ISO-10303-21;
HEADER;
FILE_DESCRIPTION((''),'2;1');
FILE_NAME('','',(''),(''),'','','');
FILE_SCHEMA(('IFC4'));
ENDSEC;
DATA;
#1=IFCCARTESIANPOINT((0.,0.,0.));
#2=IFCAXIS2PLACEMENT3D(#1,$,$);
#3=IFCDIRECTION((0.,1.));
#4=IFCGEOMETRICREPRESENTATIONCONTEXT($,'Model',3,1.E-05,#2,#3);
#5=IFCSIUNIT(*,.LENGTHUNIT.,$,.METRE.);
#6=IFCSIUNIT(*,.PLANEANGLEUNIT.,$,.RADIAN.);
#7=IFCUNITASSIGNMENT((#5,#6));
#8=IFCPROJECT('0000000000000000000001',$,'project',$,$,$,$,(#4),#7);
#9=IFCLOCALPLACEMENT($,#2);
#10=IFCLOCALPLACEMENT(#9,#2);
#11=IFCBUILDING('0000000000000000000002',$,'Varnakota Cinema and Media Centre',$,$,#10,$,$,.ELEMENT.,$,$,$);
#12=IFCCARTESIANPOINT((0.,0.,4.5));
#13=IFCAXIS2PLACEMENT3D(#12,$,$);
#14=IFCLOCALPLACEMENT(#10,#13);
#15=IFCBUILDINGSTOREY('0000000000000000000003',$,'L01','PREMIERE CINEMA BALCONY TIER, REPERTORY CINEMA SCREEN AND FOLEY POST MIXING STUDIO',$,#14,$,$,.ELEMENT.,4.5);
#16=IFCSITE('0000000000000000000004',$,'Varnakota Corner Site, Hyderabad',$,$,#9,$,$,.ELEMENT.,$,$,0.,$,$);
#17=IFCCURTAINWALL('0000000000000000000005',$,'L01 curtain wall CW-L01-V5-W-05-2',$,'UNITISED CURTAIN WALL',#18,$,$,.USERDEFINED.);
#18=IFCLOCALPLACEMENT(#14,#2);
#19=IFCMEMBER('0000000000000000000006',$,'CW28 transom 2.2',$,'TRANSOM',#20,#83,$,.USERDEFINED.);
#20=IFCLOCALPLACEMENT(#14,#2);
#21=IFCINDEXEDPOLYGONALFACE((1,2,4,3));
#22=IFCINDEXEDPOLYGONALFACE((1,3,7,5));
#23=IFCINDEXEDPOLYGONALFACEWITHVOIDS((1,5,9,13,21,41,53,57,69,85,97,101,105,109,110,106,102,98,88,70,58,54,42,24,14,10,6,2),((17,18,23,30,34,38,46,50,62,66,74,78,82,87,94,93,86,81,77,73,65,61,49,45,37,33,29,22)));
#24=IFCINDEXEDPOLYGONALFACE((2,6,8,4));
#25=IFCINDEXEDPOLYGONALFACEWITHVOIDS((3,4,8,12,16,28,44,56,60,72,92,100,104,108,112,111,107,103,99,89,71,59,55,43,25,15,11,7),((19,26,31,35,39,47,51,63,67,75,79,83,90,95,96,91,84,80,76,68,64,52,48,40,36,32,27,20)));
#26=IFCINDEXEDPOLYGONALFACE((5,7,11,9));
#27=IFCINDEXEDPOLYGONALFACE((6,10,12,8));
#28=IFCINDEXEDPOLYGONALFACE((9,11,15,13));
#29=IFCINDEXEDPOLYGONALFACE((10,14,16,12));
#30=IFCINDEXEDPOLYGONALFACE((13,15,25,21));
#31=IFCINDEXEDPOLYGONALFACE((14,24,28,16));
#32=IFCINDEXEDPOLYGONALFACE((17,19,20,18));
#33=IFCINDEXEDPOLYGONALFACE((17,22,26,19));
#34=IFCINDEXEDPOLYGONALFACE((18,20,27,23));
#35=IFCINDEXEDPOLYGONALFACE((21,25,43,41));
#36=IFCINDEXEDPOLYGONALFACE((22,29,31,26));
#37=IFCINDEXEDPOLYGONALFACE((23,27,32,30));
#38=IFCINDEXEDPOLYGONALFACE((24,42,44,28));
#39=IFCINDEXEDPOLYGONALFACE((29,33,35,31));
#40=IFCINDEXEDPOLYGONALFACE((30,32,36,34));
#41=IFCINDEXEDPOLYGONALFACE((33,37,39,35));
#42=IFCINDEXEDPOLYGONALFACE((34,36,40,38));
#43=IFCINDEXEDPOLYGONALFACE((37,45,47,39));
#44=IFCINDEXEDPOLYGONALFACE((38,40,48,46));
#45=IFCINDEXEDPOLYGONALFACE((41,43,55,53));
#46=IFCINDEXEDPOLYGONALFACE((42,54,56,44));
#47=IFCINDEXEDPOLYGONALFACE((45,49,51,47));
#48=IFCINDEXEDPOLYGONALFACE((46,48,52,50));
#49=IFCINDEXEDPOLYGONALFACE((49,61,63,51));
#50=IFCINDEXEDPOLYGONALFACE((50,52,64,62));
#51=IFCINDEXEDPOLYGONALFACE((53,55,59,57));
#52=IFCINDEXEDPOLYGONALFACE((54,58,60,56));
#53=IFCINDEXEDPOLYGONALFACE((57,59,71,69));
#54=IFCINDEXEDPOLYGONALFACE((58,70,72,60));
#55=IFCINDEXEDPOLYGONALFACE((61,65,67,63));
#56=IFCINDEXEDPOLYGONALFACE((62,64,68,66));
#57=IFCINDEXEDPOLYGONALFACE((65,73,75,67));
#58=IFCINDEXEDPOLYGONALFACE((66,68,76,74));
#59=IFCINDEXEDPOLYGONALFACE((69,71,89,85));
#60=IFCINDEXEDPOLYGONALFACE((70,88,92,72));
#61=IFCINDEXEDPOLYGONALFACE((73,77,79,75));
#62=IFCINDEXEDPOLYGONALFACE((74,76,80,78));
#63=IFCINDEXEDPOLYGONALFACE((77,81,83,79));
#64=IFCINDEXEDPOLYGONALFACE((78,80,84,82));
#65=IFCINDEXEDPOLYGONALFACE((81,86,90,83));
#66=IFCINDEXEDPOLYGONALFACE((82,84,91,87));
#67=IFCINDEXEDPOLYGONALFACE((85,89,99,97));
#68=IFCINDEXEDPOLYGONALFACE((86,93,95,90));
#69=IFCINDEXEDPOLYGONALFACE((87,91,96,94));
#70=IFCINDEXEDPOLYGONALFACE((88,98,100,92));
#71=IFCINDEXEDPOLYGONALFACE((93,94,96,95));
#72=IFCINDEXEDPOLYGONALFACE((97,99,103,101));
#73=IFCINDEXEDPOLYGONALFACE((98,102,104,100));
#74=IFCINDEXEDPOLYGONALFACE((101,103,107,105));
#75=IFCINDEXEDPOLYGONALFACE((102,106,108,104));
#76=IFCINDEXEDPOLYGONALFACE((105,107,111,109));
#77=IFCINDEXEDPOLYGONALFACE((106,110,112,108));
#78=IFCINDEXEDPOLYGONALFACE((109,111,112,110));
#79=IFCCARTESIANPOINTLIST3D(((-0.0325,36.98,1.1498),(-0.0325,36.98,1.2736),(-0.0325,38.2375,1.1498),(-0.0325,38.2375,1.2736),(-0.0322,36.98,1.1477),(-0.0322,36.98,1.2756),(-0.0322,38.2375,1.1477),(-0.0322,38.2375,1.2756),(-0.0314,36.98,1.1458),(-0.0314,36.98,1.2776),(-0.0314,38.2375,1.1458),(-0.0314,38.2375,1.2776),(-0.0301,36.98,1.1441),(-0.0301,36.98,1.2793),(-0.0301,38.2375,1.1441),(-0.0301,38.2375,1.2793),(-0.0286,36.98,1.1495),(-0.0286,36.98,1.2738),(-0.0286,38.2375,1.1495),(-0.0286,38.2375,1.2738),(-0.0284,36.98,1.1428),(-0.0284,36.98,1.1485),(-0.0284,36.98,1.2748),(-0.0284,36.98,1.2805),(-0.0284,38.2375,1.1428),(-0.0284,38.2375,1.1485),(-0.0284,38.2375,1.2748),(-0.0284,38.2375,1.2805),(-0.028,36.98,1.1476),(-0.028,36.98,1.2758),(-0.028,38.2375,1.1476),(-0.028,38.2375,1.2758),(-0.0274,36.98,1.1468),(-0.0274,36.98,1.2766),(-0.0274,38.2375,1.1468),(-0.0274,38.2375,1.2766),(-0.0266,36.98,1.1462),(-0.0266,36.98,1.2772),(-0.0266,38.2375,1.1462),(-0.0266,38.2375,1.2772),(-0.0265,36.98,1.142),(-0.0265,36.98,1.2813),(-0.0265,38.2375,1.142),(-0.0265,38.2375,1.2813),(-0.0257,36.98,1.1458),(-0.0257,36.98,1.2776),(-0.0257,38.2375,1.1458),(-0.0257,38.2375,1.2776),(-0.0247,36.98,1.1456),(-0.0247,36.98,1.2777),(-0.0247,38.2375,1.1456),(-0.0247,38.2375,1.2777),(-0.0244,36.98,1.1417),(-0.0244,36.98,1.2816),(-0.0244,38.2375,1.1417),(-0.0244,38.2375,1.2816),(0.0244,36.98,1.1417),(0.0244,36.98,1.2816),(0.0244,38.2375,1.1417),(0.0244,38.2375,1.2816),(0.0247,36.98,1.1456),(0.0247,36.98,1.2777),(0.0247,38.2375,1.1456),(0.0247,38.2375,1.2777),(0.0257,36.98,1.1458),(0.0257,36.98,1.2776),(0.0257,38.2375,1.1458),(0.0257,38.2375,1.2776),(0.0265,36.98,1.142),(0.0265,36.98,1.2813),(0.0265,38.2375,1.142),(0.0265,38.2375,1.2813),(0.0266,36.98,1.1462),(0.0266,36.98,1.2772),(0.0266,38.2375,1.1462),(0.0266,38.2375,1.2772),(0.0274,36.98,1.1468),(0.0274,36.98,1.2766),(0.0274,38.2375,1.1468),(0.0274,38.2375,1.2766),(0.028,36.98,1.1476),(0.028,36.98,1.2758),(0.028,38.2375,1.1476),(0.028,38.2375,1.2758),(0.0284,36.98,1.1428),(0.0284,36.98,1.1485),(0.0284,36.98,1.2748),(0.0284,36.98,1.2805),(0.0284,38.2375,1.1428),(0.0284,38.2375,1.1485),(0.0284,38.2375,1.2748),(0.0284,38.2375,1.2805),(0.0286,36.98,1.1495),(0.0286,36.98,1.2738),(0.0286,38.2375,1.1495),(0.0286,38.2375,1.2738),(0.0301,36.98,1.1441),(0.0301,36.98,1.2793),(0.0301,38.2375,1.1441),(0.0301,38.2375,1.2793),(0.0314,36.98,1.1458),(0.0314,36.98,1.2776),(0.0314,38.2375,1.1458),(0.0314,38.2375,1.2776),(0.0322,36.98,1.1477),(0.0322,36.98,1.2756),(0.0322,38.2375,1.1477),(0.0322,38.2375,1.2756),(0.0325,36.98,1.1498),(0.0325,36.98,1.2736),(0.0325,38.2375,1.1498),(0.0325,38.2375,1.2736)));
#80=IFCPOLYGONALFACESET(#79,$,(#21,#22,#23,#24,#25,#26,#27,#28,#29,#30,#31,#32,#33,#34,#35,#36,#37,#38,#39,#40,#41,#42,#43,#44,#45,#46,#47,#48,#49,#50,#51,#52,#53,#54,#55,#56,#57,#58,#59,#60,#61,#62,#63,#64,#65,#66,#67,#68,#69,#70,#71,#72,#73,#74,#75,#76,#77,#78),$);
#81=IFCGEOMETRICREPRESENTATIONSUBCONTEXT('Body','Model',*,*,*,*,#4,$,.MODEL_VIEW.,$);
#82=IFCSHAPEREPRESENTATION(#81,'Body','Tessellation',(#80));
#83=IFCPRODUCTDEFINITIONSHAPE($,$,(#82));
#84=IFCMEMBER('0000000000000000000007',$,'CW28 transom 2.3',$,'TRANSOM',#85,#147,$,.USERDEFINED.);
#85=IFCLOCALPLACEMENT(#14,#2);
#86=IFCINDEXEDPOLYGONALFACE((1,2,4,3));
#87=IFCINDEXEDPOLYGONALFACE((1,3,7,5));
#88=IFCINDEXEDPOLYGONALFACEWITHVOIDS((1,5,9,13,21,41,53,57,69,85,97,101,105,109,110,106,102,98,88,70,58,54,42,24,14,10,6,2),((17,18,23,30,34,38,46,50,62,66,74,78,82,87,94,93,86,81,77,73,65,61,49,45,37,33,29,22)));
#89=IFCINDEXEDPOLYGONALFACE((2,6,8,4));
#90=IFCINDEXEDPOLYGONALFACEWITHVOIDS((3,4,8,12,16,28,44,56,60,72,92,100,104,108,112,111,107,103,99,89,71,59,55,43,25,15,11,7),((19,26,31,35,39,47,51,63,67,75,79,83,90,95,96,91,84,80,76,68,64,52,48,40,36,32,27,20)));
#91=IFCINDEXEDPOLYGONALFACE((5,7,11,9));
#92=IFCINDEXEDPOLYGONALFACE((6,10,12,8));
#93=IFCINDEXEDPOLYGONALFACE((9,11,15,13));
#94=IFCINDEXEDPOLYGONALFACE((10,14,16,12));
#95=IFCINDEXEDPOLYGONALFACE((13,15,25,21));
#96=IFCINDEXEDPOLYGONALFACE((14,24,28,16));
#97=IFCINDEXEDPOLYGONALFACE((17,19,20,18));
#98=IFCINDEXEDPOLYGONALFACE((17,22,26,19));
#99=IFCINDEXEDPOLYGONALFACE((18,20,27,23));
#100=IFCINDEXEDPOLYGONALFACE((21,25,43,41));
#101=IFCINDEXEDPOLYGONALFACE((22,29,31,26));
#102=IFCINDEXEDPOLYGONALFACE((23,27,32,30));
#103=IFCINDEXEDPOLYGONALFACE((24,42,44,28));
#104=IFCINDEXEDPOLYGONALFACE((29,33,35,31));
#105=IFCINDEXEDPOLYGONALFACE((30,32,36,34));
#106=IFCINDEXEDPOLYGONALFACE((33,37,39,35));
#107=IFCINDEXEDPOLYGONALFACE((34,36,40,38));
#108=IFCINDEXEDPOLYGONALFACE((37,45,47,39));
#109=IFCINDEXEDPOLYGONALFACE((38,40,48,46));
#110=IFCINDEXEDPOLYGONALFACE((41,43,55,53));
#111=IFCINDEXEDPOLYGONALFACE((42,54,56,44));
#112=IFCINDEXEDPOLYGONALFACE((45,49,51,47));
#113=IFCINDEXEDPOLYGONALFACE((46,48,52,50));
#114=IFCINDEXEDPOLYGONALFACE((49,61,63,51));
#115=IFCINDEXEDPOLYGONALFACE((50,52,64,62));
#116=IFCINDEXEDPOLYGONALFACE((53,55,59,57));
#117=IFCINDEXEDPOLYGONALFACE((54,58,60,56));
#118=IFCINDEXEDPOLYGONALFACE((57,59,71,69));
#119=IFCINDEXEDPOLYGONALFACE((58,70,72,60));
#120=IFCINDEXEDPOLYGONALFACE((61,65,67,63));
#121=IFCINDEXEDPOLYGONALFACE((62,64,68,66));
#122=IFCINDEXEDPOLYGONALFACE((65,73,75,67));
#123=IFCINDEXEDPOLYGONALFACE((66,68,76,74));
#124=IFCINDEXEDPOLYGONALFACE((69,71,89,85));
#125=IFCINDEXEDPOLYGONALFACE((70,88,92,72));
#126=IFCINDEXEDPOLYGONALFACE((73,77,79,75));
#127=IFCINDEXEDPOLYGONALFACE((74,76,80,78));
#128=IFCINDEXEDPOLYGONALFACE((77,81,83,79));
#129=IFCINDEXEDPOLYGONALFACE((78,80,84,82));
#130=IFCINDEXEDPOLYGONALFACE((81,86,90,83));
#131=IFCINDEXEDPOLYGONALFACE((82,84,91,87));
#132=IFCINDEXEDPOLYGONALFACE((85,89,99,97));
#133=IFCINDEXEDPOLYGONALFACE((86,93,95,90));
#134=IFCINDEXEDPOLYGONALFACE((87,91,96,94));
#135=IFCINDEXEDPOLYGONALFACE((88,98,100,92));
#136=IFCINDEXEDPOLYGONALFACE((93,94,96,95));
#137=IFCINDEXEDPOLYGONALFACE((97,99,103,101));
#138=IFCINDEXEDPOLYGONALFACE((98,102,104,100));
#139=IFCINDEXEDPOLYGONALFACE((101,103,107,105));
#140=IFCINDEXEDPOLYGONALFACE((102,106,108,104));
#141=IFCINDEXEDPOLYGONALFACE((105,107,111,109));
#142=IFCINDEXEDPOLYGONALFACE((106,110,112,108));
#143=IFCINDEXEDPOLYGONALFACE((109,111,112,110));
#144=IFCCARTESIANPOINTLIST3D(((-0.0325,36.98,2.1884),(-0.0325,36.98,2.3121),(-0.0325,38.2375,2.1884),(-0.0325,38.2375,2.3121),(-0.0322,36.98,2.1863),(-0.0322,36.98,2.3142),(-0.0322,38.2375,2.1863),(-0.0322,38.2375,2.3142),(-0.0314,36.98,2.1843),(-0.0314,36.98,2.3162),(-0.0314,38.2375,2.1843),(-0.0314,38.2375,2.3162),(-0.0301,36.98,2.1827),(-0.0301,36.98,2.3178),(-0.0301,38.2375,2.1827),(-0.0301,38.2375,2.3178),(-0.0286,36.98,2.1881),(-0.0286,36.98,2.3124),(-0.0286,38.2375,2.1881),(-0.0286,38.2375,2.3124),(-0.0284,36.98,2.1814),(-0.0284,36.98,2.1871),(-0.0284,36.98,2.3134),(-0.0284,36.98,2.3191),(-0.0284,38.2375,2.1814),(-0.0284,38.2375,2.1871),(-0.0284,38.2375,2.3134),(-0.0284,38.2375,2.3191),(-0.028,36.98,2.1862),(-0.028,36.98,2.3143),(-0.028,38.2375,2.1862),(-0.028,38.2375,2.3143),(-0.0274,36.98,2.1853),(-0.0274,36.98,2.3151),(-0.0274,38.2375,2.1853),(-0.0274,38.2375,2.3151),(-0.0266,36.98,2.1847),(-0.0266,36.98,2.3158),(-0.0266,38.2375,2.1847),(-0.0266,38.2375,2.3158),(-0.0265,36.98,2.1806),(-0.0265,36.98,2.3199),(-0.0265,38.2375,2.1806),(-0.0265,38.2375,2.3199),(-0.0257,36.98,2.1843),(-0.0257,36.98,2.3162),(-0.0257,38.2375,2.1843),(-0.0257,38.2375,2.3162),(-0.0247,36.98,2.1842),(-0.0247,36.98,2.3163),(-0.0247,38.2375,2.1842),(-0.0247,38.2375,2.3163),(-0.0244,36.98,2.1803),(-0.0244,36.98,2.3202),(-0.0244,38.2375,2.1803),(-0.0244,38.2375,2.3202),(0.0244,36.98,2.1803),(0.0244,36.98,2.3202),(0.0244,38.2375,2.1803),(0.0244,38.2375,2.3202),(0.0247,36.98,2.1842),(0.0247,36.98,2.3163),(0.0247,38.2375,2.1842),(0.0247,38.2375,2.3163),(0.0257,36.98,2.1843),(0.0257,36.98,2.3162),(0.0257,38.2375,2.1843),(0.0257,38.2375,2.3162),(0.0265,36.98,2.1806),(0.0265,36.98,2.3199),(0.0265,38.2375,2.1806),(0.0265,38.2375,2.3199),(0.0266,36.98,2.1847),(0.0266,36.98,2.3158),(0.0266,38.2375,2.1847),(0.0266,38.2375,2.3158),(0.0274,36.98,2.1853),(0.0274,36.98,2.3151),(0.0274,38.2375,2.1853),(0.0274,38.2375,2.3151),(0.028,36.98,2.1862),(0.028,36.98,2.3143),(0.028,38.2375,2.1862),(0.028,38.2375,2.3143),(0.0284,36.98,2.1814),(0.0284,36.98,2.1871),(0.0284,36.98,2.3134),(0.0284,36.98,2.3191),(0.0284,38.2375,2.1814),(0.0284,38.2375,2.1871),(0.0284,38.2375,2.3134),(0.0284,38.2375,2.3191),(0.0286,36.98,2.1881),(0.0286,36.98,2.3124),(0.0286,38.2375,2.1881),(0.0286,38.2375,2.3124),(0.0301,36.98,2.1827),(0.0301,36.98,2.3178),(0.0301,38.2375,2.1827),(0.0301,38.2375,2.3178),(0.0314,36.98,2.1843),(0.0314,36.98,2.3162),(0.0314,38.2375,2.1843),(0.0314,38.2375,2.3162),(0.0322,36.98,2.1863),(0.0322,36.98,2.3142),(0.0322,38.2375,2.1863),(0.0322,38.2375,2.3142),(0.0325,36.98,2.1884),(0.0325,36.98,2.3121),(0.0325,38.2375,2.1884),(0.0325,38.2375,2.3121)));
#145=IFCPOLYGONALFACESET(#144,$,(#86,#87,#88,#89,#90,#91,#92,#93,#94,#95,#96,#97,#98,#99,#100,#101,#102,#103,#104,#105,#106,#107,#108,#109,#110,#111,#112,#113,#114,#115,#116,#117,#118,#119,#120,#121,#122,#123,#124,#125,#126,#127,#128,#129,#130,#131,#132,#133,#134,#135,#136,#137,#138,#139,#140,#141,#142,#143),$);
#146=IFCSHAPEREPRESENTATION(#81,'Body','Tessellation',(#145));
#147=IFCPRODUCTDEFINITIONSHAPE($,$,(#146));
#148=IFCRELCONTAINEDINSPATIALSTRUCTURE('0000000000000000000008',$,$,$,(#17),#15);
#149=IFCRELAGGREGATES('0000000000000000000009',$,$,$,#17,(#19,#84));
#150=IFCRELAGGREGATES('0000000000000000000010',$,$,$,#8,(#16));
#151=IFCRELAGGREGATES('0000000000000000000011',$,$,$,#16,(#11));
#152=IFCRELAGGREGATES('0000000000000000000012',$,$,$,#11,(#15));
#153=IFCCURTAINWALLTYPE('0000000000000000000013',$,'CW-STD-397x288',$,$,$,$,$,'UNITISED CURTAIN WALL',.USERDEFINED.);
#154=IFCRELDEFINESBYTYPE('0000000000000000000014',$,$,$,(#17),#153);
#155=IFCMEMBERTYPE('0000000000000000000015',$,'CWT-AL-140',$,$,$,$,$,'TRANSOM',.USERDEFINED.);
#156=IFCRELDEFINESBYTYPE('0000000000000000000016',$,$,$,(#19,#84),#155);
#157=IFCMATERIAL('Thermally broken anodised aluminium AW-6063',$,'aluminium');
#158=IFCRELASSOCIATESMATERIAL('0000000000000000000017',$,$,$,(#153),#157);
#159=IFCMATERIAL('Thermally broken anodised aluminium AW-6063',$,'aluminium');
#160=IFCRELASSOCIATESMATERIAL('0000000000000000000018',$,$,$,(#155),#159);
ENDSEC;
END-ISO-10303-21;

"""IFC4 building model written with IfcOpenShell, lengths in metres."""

from ifc_helpers import new_model, si_unit, direction, frame, origin, origin_2d, place, context, subcontext, project, spatial, hollow_rectangle, extrude, material, material_profile, profile_set, type_object, element, aggregate, save


model = new_model("IFC4")

# Units and contexts
model_context = context("Model", 3, precision=1e-05, world=origin(), true_north=direction((0.0, 1.0)))
body_context = subcontext(model_context, "Body", "Model", "MODEL_VIEW")
ifc_project = project(units=[si_unit("LENGTHUNIT", "METRE"), si_unit("PLANEANGLEUNIT", "RADIAN")], contexts=[model_context])

# Site, building, storey
site_placement = place(None, origin())
site = spatial("IfcSite", under=ifc_project, at=site_placement, Name="Varnakota Corner Site, Hyderabad", CompositionType="ELEMENT", RefElevation=0.0)
building_placement = place(site_placement, origin())
building = spatial("IfcBuilding", under=site, at=building_placement, Name="Varnakota Cinema and Media Centre", CompositionType="ELEMENT")
storey_placement = place(building_placement, frame((0.0, 0.0, 4.5)))
storey = spatial("IfcBuildingStorey", under=building, at=storey_placement, Name="L01", Description="PREMIERE CINEMA BALCONY TIER, REPERTORY CINEMA SCREEN AND FOLEY POST MIXING STUDIO", CompositionType="ELEMENT", Elevation=4.5)

# Shared definitions
ifc_material_1 = material(Name="Thermally broken anodised aluminium AW-6063", Category="aluminium")
curtain_wall_type = type_object("IfcCurtainWallType", Name="CW-STD-397x288", ElementType="UNITISED CURTAIN WALL", PredefinedType="USERDEFINED", material=ifc_material_1)

# Curtain wall
curtain_wall_1_placement = place(storey_placement, origin())
curtain_wall_1 = element("IfcCurtainWall", 1, at=curtain_wall_1_placement, inside=storey, type_object=curtain_wall_type, Name="L01 curtain wall CW-L01-V5-W-05-2", ObjectType="UNITISED CURTAIN WALL", PredefinedType="USERDEFINED")

# Members
ifc_material_2 = material(Name="Thermally broken anodised aluminium AW-6063", Category="aluminium")
ifc_material_profile_1 = material_profile(ifc_material_2, hollow_rectangle(XDim=0.0649, YDim=0.1399, WallThickness=0.0039, InnerFilletRadius=0.0039, OuterFilletRadius=0.0081, at=origin_2d()), Name="AL-TRANSOM 140x65x4")
ifc_profile_set_1 = profile_set([ifc_material_profile_1], Name="Thermally broken anodised aluminium AW-6063")
member_type_1 = type_object("IfcMemberType", Name="CWT-AL-140", ElementType="TRANSOM", PredefinedType="USERDEFINED", material=ifc_profile_set_1)
member_1_placement = place(storey_placement, frame((0.0, 38.2375, 1.2117), z_axis=(0.0, -1.0, 0.0), x_axis=(1.0, 0.0, 0.0)))
member_1 = element("IfcMember", 2, at=member_1_placement, type_object=member_type_1, Name="CW28 transom 2.2", ObjectType="TRANSOM", PredefinedType="USERDEFINED", context=body_context, shape_type="SweptSolid", body=[
    extrude(hollow_rectangle(XDim=0.0649, YDim=0.1399, WallThickness=0.0039, InnerFilletRadius=0.0039, OuterFilletRadius=0.0081, at=origin_2d()), origin(), (0.0, 0.0, 1.0), 1.2576),
])
member_2_placement = place(storey_placement, frame((0.0, 38.2375, 2.2502), z_axis=(0.0, -1.0, 0.0), x_axis=(1.0, 0.0, 0.0)))
member_2 = element("IfcMember", 3, at=member_2_placement, type_object=member_type_1, Name="CW28 transom 2.3", ObjectType="TRANSOM", PredefinedType="USERDEFINED", context=body_context, shape_type="SweptSolid", body=[
    extrude(hollow_rectangle(XDim=0.0649, YDim=0.1399, WallThickness=0.0039, InnerFilletRadius=0.0039, OuterFilletRadius=0.0081, at=origin_2d()), origin(), (0.0, 0.0, 1.0), 1.2576),
])

aggregate(curtain_wall_1, [member_1, member_2])

save(model, "model.ifc")
